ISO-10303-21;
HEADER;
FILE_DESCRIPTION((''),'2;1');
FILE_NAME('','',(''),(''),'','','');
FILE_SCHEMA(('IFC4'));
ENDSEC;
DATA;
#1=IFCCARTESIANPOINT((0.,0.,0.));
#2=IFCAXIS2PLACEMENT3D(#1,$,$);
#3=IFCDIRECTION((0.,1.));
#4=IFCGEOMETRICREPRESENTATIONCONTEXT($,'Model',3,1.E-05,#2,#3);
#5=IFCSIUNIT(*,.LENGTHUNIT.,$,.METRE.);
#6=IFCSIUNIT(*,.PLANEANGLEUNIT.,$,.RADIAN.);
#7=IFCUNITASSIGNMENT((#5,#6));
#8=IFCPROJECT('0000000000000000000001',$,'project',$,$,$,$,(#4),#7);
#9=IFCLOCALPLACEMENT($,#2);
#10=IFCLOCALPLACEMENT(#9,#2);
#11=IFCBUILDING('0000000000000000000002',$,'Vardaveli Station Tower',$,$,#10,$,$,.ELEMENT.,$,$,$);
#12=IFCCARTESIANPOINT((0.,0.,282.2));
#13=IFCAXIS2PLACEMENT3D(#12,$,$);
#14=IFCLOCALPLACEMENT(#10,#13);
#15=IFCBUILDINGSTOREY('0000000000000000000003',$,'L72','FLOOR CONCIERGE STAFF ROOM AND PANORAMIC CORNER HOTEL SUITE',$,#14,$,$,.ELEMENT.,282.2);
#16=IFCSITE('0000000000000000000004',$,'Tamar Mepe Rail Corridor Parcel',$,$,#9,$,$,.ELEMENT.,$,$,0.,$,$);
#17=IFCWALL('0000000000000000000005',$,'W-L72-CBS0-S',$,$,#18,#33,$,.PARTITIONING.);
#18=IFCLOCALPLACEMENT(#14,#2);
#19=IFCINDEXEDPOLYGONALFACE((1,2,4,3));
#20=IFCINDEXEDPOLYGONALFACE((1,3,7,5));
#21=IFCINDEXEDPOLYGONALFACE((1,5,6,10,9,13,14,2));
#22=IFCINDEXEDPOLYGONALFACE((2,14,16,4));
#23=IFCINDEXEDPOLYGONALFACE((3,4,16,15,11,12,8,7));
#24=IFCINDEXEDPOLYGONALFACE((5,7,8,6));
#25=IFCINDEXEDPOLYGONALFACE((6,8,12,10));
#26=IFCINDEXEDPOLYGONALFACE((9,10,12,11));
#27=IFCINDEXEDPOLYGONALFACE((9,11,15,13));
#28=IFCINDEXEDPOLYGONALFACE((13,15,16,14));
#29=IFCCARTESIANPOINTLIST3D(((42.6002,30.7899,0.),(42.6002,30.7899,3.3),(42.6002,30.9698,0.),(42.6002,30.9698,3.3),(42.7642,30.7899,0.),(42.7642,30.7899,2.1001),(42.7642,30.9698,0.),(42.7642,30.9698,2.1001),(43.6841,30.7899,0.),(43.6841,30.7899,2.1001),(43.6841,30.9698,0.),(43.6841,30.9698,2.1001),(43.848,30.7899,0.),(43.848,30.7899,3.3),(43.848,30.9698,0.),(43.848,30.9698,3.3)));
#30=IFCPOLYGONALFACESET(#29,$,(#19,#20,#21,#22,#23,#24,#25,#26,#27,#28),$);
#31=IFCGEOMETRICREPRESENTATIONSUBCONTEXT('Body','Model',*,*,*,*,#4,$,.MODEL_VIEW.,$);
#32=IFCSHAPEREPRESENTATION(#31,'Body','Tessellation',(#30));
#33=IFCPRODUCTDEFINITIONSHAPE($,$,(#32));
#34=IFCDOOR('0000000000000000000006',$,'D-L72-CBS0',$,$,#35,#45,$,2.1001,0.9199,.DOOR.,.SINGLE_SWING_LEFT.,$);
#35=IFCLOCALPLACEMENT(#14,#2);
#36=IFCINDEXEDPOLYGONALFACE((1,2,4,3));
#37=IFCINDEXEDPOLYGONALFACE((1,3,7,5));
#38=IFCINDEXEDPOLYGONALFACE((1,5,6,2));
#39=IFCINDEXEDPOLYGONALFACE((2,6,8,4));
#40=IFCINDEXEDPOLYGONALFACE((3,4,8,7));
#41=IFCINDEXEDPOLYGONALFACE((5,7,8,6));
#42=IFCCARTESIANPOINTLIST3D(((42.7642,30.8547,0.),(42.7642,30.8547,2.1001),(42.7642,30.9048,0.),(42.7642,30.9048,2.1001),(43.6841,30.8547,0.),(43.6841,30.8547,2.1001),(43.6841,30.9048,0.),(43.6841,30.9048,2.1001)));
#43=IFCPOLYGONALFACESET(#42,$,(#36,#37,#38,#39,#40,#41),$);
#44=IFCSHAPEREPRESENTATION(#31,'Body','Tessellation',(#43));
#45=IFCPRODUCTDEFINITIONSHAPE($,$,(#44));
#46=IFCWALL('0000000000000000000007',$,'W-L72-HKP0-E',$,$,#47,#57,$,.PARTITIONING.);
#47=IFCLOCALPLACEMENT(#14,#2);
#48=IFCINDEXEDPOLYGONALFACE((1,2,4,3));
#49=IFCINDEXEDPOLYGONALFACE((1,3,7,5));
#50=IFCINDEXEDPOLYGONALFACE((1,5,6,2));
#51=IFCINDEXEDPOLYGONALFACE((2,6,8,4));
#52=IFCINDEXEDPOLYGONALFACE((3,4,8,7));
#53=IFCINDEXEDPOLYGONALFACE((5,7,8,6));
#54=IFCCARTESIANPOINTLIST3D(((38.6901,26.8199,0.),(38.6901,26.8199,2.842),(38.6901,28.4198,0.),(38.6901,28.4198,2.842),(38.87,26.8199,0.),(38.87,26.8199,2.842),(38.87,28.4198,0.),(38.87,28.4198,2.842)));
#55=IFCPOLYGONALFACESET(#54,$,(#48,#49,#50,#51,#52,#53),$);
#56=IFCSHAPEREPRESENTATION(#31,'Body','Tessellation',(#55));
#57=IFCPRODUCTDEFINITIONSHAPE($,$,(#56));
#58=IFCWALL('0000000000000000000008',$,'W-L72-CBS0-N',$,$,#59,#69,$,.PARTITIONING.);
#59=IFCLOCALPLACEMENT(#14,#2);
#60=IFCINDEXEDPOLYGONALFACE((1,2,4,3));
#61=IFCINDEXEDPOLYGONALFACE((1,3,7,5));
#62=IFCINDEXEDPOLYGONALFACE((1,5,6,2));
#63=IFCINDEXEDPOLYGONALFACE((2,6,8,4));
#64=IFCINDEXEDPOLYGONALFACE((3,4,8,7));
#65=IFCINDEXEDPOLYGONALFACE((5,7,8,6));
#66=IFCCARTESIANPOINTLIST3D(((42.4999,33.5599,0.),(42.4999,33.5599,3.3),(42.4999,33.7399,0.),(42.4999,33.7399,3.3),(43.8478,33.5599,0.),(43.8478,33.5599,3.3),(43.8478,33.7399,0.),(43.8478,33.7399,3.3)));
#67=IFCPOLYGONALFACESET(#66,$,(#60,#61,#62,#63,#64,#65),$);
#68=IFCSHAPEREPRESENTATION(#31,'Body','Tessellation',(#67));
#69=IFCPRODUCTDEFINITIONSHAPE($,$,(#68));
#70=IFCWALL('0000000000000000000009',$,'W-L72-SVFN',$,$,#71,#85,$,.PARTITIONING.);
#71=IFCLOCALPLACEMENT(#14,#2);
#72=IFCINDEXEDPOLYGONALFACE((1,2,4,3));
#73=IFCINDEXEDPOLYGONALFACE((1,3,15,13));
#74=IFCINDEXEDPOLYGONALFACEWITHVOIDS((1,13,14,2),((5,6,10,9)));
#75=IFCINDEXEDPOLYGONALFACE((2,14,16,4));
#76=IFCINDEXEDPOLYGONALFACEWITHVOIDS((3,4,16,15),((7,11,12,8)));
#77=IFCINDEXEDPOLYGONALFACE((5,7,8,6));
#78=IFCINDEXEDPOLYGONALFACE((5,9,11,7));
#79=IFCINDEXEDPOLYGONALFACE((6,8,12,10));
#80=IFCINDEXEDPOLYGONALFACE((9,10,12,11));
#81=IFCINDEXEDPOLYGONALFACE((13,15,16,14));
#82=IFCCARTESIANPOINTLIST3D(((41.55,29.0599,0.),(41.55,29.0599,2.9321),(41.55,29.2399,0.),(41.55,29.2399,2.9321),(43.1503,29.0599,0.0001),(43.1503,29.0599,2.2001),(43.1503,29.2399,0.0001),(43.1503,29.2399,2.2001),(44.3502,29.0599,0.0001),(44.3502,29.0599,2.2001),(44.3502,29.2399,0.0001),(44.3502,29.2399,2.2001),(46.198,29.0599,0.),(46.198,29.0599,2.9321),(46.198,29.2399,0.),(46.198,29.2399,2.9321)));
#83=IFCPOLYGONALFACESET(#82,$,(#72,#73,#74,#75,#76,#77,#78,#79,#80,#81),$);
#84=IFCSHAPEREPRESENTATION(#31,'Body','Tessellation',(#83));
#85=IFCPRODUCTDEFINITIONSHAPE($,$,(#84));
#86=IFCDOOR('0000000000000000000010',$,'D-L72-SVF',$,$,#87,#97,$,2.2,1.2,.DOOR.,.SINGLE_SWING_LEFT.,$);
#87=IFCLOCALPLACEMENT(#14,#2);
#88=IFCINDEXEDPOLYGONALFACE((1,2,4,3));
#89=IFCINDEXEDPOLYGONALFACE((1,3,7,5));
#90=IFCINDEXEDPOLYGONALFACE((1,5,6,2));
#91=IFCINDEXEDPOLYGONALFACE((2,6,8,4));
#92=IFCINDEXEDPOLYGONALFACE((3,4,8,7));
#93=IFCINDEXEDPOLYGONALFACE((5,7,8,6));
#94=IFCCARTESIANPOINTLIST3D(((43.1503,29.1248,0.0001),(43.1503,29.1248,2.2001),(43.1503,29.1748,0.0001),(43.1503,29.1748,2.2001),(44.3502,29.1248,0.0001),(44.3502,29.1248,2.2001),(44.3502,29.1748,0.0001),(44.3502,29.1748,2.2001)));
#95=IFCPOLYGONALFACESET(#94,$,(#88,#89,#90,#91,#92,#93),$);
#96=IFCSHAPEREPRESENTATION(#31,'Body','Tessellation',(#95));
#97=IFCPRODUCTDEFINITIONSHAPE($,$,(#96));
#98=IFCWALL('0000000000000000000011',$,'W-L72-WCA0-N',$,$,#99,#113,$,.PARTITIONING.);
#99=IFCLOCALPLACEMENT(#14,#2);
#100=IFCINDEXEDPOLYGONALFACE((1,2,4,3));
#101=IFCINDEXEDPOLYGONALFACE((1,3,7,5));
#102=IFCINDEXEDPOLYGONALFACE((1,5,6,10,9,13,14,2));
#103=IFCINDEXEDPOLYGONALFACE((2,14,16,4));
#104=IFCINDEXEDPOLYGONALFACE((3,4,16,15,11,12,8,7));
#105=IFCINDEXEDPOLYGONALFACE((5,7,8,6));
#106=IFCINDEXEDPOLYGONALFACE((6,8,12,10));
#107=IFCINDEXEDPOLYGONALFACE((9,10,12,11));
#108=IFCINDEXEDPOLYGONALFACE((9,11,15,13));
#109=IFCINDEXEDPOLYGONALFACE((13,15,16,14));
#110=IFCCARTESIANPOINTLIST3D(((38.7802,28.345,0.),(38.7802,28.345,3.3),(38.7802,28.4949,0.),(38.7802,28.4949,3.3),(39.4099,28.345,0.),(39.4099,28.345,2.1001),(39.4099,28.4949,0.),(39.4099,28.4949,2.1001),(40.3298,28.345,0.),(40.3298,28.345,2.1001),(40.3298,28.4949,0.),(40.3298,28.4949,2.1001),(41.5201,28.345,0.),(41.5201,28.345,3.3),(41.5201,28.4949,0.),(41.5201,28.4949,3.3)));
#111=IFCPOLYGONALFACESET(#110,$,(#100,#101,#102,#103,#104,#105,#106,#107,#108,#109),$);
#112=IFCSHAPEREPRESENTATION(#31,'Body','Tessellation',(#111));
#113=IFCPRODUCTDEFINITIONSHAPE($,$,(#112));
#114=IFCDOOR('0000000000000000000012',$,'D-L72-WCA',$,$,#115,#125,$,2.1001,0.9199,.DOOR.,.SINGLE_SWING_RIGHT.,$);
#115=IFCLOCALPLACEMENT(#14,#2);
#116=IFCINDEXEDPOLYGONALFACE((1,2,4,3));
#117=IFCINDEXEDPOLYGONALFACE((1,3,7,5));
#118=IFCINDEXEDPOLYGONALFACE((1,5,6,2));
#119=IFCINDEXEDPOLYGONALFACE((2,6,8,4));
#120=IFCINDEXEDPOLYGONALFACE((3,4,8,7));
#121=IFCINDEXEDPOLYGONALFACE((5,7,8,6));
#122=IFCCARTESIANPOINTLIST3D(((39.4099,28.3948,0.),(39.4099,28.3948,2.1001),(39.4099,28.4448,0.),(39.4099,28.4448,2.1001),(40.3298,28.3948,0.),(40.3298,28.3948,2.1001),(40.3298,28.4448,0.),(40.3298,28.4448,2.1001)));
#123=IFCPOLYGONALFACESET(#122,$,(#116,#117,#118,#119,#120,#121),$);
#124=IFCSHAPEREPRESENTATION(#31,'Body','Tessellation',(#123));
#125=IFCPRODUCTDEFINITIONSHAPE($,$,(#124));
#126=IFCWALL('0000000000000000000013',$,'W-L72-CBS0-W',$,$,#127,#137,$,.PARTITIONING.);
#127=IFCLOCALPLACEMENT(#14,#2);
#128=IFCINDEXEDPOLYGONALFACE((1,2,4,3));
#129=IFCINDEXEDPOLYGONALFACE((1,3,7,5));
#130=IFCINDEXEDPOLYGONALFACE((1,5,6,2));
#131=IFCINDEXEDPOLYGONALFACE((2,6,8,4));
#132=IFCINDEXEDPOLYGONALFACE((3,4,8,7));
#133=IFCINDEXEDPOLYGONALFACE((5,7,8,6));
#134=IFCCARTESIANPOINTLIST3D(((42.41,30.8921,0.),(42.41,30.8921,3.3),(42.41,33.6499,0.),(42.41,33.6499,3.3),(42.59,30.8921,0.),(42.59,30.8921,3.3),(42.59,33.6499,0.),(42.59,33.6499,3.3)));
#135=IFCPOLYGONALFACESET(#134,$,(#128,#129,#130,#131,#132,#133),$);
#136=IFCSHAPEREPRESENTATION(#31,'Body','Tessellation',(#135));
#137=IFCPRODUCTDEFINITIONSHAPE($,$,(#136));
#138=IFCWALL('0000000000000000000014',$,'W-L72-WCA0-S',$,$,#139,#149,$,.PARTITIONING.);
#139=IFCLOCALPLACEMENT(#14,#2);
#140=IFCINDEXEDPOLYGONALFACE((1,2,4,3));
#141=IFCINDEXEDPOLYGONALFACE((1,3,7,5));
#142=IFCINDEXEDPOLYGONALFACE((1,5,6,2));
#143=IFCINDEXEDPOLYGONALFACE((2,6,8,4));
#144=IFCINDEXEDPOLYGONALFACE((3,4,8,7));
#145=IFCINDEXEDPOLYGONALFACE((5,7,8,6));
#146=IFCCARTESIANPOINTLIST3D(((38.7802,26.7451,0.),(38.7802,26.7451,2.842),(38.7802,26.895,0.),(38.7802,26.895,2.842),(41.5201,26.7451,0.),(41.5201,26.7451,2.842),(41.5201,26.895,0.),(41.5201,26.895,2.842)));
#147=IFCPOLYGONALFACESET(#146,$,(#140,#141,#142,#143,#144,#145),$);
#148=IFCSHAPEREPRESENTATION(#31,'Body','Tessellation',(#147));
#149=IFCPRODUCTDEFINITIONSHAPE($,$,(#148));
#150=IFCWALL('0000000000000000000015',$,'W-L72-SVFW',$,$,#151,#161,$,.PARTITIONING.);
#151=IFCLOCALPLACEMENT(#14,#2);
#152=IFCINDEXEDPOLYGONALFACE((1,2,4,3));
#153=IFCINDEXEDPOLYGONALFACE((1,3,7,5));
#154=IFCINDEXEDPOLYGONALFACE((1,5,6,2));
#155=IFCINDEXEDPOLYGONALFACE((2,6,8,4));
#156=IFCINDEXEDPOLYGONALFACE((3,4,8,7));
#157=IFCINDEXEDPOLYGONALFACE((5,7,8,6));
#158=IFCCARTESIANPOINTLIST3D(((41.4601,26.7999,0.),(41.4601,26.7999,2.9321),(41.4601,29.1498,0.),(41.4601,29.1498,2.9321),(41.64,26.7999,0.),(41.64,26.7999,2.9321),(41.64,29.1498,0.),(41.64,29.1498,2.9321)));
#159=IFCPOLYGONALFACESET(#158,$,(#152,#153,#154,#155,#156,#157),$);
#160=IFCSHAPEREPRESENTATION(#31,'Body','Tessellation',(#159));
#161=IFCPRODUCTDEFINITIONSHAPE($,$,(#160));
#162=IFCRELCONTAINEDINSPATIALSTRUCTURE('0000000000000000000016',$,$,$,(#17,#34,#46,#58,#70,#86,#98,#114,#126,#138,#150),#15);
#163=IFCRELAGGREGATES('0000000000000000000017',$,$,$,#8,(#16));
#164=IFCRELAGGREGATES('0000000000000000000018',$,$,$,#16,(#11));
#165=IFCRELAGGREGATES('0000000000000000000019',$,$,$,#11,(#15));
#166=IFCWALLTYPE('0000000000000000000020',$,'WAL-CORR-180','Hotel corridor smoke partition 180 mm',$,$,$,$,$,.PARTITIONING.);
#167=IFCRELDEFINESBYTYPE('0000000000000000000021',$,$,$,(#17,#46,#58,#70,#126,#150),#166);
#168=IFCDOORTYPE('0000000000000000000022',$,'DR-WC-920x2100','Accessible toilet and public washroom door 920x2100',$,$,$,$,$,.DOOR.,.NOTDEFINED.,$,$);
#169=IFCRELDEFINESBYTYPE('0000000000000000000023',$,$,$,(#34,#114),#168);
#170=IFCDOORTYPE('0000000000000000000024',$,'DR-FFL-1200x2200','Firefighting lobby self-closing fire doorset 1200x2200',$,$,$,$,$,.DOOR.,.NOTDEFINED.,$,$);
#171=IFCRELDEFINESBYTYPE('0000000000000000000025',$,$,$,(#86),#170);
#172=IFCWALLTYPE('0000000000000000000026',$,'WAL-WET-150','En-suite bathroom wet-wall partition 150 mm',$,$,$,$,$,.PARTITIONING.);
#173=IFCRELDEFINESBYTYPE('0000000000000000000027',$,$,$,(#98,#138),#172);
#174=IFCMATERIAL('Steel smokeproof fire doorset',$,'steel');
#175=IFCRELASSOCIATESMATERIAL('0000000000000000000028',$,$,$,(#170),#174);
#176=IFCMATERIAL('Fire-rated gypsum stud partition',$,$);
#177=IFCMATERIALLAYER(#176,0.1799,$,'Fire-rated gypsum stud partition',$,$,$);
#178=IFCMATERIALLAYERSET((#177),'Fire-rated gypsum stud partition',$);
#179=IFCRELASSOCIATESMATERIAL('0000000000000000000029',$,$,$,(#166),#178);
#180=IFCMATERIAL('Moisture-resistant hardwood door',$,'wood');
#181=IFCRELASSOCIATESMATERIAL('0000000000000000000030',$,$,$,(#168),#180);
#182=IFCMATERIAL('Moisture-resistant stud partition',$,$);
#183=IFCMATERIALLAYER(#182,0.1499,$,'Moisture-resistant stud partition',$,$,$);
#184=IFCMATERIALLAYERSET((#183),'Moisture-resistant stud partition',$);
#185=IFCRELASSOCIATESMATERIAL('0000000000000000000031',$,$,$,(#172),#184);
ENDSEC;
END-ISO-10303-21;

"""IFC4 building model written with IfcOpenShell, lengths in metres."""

from ifc_helpers import new_model, si_unit, direction, frame, frame_2d, origin, place, context, subcontext, project, spatial, rectangle, extrude, source, transform, mapped, material, layer, layer_set, type_object, element, fill, save


model = new_model("IFC4")

# Units and contexts
model_context = context("Model", 3, precision=1e-05, world=origin(), true_north=direction((0.0, 1.0)))
body_context = subcontext(model_context, "Body", "Model", "MODEL_VIEW")
ifc_project = project(units=[si_unit("LENGTHUNIT", "METRE"), si_unit("PLANEANGLEUNIT", "RADIAN")], contexts=[model_context])

# Site, building, storey
site_placement = place(None, origin())
site = spatial("IfcSite", under=ifc_project, at=site_placement, Name="Tamar Mepe Rail Corridor Parcel", CompositionType="ELEMENT", RefElevation=0.0)
building_placement = place(site_placement, origin())
building = spatial("IfcBuilding", under=site, at=building_placement, Name="Vardaveli Station Tower", CompositionType="ELEMENT")
storey_placement = place(building_placement, frame((0.0, 0.0, 282.2)))
storey = spatial("IfcBuildingStorey", under=building, at=storey_placement, Name="L72", Description="FLOOR CONCIERGE STAFF ROOM AND PANORAMIC CORNER HOTEL SUITE", CompositionType="ELEMENT", Elevation=282.2)

# Wall, opening, door
ifc_material_1 = material(Name="Steel smokeproof fire doorset", Category="steel")
door_type_1 = type_object("IfcDoorType", Name="DR-FFL-1200x2200", Description="Firefighting lobby self-closing fire doorset 1200x2200", OperationType="NOTDEFINED", PredefinedType="DOOR", material=ifc_material_1)
shared_shape_1 = source(origin(), body_context, "Body", "SweptSolid", [
    extrude(rectangle(XDim=1.2, YDim=2.2, at=frame_2d((0.6001, 1.1001))), frame((0.0, 0.0249, 0.0), z_axis=(0.0, -1.0, 0.0), x_axis=(1.0, 0.0, 0.0)), (0.0, 0.0, 1.0), 0.05),
])
ifc_material_2 = material(Name="Fire-rated gypsum stud partition")
ifc_layer_1 = layer(ifc_material_2, 0.1799, Name="Fire-rated gypsum stud partition")
ifc_layer_set_1 = layer_set([ifc_layer_1], Name="Fire-rated gypsum stud partition")
wall_type_1 = type_object("IfcWallType", Name="WAL-CORR-180", Description="Hotel corridor smoke partition 180 mm", PredefinedType="PARTITIONING", material=ifc_layer_set_1)
shared_shape_2 = source(origin(), body_context, "Body", "SweptSolid", [
    extrude(rectangle(XDim=1.2478, YDim=0.1799, at=frame_2d((0.624, 0.0))), origin(), (0.0, 0.0, 1.0), 3.3),
])
wall_1_placement = place(storey_placement, frame((42.6001, 30.8799, 0.0), z_axis=(0.0, 0.0, 1.0), x_axis=(1.0, 0.0, 0.0)))
wall_1 = element("IfcWall", 1, at=wall_1_placement, inside=storey, type_object=wall_type_1, Name="W-L72-CBS0-S", PredefinedType="PARTITIONING", context=body_context, shape_type="MappedRepresentation", body=[
    mapped(shared_shape_2, transform((0.0, 0.0, 0.0), scale=1.0)),
])
shared_shape_3 = source(origin(), body_context, "Body", "SweptSolid", [
    extrude(rectangle(XDim=0.9199, YDim=2.1001, at=frame_2d((0.46, 1.05))), frame((0.0, 0.1001, 0.0), z_axis=(0.0, -1.0, 0.0), x_axis=(1.0, 0.0, 0.0)), (0.0, 0.0, 1.0), 0.2),
])
opening_1_placement = place(wall_1_placement, frame((0.1641, 0.0, 0.0)))
opening_1 = element("IfcOpeningElement", 2, at=opening_1_placement, cuts=wall_1, PredefinedType="OPENING", context=body_context, shape_type="MappedRepresentation", body=[
    mapped(shared_shape_3, transform((0.0, 0.0, 0.0), scale=1.0)),
])
ifc_material_3 = material(Name="Moisture-resistant hardwood door", Category="wood")
door_type_2 = type_object("IfcDoorType", Name="DR-WC-920x2100", Description="Accessible toilet and public washroom door 920x2100", OperationType="NOTDEFINED", PredefinedType="DOOR", material=ifc_material_3)
shared_shape_4 = source(origin(), body_context, "Body", "SweptSolid", [
    extrude(rectangle(XDim=0.9199, YDim=2.1001, at=frame_2d((0.46, 1.05))), frame((0.0, 0.0249, 0.0), z_axis=(0.0, -1.0, 0.0), x_axis=(1.0, 0.0, 0.0)), (0.0, 0.0, 1.0), 0.05),
])
door_1_placement = place(opening_1_placement, origin())
door_1 = element("IfcDoor", 3, at=door_1_placement, inside=storey, type_object=door_type_2, Name="D-L72-CBS0", OperationType="SINGLE_SWING_LEFT", OverallHeight=2.1001, OverallWidth=0.9199, PredefinedType="DOOR", context=body_context, shape_type="MappedRepresentation", body=[
    mapped(shared_shape_4, transform((0.0, 0.0, 0.0), scale=1.0)),
])
fill(opening_1, door_1)

# Walls
shared_shape_5 = source(origin(), body_context, "Body", "SweptSolid", [
    extrude(rectangle(XDim=1.5999, YDim=0.1799, at=frame_2d((0.7998, 0.0))), origin(), (0.0, 0.0, 1.0), 2.842),
])
wall_2_placement = place(storey_placement, frame((38.78, 26.8201, 0.0), z_axis=(0.0, 0.0, 1.0), x_axis=(0.0, 1.0, 0.0)))
element("IfcWall", 4, at=wall_2_placement, inside=storey, type_object=wall_type_1, Name="W-L72-HKP0-E", PredefinedType="PARTITIONING", context=body_context, shape_type="MappedRepresentation", body=[
    mapped(shared_shape_5, transform((0.0, 0.0, 0.0), scale=1.0)),
])
shared_shape_6 = source(origin(), body_context, "Body", "SweptSolid", [
    extrude(rectangle(XDim=1.3479, YDim=0.1799, at=frame_2d((0.6738, 0.0))), origin(), (0.0, 0.0, 1.0), 3.3),
])
wall_3_placement = place(storey_placement, frame((42.5, 33.6499, 0.0), z_axis=(0.0, 0.0, 1.0), x_axis=(1.0, 0.0, 0.0)))
element("IfcWall", 5, at=wall_3_placement, inside=storey, type_object=wall_type_1, Name="W-L72-CBS0-N", PredefinedType="PARTITIONING", context=body_context, shape_type="MappedRepresentation", body=[
    mapped(shared_shape_6, transform((0.0, 0.0, 0.0), scale=1.0)),
])

# Walls, openings, doors
shared_shape_7 = source(origin(), body_context, "Body", "SweptSolid", [
    extrude(rectangle(XDim=4.6479, YDim=0.1799, at=frame_2d((2.324, 0.0))), origin(), (0.0, 0.0, 1.0), 2.9321),
])
wall_4_placement = place(storey_placement, frame((41.55, 29.1499, 0.0), z_axis=(0.0, 0.0, 1.0), x_axis=(1.0, 0.0, 0.0)))
wall_4 = element("IfcWall", 6, at=wall_4_placement, inside=storey, type_object=wall_type_1, Name="W-L72-SVFN", PredefinedType="PARTITIONING", context=body_context, shape_type="MappedRepresentation", body=[
    mapped(shared_shape_7, transform((0.0, 0.0, 0.0), scale=1.0)),
])
shared_shape_8 = source(origin(), body_context, "Body", "SweptSolid", [
    extrude(rectangle(XDim=1.2, YDim=2.2, at=frame_2d((0.6001, 1.1001))), frame((0.0, 0.1001, 0.0), z_axis=(0.0, -1.0, 0.0), x_axis=(1.0, 0.0, 0.0)), (0.0, 0.0, 1.0), 0.2),
])
opening_2_placement = place(wall_4_placement, frame((1.6001, 0.0, 0.0)))
opening_2 = element("IfcOpeningElement", 7, at=opening_2_placement, cuts=wall_4, PredefinedType="OPENING", context=body_context, shape_type="MappedRepresentation", body=[
    mapped(shared_shape_8, transform((0.0, 0.0, 0.0), scale=1.0)),
])
door_2_placement = place(opening_2_placement, origin())
door_2 = element("IfcDoor", 8, at=door_2_placement, inside=storey, type_object=door_type_1, Name="D-L72-SVF", OperationType="SINGLE_SWING_LEFT", OverallHeight=2.2, OverallWidth=1.2, PredefinedType="DOOR", context=body_context, shape_type="MappedRepresentation", body=[
    mapped(shared_shape_1, transform((0.0, 0.0, 0.0), scale=1.0)),
])
fill(opening_2, door_2)
ifc_material_4 = material(Name="Moisture-resistant stud partition")
ifc_layer_2 = layer(ifc_material_4, 0.1499, Name="Moisture-resistant stud partition")
ifc_layer_set_2 = layer_set([ifc_layer_2], Name="Moisture-resistant stud partition")
wall_type_2 = type_object("IfcWallType", Name="WAL-WET-150", Description="En-suite bathroom wet-wall partition 150 mm", PredefinedType="PARTITIONING", material=ifc_layer_set_2)
shared_shape_9 = source(origin(), body_context, "Body", "SweptSolid", [
    extrude(rectangle(XDim=2.74, YDim=0.1499, at=frame_2d((1.3701, 0.0))), origin(), (0.0, 0.0, 1.0), 3.3),
])
wall_5_placement = place(storey_placement, frame((38.78, 28.4199, 0.0), z_axis=(0.0, 0.0, 1.0), x_axis=(1.0, 0.0, 0.0)))
wall_5 = element("IfcWall", 9, at=wall_5_placement, inside=storey, type_object=wall_type_2, Name="W-L72-WCA0-N", PredefinedType="PARTITIONING", context=body_context, shape_type="MappedRepresentation", body=[
    mapped(shared_shape_9, transform((0.0, 0.0, 0.0), scale=1.0)),
])
shared_shape_10 = source(origin(), body_context, "Body", "SweptSolid", [
    extrude(rectangle(XDim=0.9199, YDim=2.1001, at=frame_2d((0.46, 1.05))), frame((0.0, 0.085, 0.0), z_axis=(0.0, -1.0, 0.0), x_axis=(1.0, 0.0, 0.0)), (0.0, 0.0, 1.0), 0.1699),
])
opening_3_placement = place(wall_5_placement, frame((0.6299, 0.0, 0.0)))
opening_3 = element("IfcOpeningElement", 10, at=opening_3_placement, cuts=wall_5, PredefinedType="OPENING", context=body_context, shape_type="MappedRepresentation", body=[
    mapped(shared_shape_10, transform((0.0, 0.0, 0.0), scale=1.0)),
])
door_3_placement = place(opening_3_placement, origin())
door_3 = element("IfcDoor", 11, at=door_3_placement, inside=storey, type_object=door_type_2, Name="D-L72-WCA", OperationType="SINGLE_SWING_RIGHT", OverallHeight=2.1001, OverallWidth=0.9199, PredefinedType="DOOR", context=body_context, shape_type="MappedRepresentation", body=[
    mapped(shared_shape_4, transform((0.0, 0.0, 0.0), scale=1.0)),
])
fill(opening_3, door_3)

# Walls
shared_shape_11 = source(origin(), body_context, "Body", "SweptSolid", [
    extrude(rectangle(XDim=2.7578, YDim=0.1799, at=frame_2d((1.3789, 0.0))), origin(), (0.0, 0.0, 1.0), 3.3),
])
wall_6_placement = place(storey_placement, frame((42.5, 30.8921, 0.0), z_axis=(0.0, 0.0, 1.0), x_axis=(0.0, 1.0, 0.0)))
element("IfcWall", 12, at=wall_6_placement, inside=storey, type_object=wall_type_1, Name="W-L72-CBS0-W", PredefinedType="PARTITIONING", context=body_context, shape_type="MappedRepresentation", body=[
    mapped(shared_shape_11, transform((0.0, 0.0, 0.0), scale=1.0)),
])
shared_shape_12 = source(origin(), body_context, "Body", "SweptSolid", [
    extrude(rectangle(XDim=2.74, YDim=0.1499, at=frame_2d((1.3701, 0.0))), origin(), (0.0, 0.0, 1.0), 2.842),
])
wall_7_placement = place(storey_placement, frame((38.78, 26.8201, 0.0), z_axis=(0.0, 0.0, 1.0), x_axis=(1.0, 0.0, 0.0)))
element("IfcWall", 13, at=wall_7_placement, inside=storey, type_object=wall_type_2, Name="W-L72-WCA0-S", PredefinedType="PARTITIONING", context=body_context, shape_type="MappedRepresentation", body=[
    mapped(shared_shape_12, transform((0.0, 0.0, 0.0), scale=1.0)),
])
shared_shape_13 = source(origin(), body_context, "Body", "SweptSolid", [
    extrude(rectangle(XDim=2.3499, YDim=0.1799, at=frame_2d((1.1748, 0.0))), origin(), (0.0, 0.0, 1.0), 2.9321),
])
wall_8_placement = place(storey_placement, frame((41.55, 26.8, 0.0), z_axis=(0.0, 0.0, 1.0), x_axis=(0.0, 1.0, 0.0)))
element("IfcWall", 14, at=wall_8_placement, inside=storey, type_object=wall_type_1, Name="W-L72-SVFW", PredefinedType="PARTITIONING", context=body_context, shape_type="MappedRepresentation", body=[
    mapped(shared_shape_13, transform((0.0, 0.0, 0.0), scale=1.0)),
])

save(model, "model.ifc")
